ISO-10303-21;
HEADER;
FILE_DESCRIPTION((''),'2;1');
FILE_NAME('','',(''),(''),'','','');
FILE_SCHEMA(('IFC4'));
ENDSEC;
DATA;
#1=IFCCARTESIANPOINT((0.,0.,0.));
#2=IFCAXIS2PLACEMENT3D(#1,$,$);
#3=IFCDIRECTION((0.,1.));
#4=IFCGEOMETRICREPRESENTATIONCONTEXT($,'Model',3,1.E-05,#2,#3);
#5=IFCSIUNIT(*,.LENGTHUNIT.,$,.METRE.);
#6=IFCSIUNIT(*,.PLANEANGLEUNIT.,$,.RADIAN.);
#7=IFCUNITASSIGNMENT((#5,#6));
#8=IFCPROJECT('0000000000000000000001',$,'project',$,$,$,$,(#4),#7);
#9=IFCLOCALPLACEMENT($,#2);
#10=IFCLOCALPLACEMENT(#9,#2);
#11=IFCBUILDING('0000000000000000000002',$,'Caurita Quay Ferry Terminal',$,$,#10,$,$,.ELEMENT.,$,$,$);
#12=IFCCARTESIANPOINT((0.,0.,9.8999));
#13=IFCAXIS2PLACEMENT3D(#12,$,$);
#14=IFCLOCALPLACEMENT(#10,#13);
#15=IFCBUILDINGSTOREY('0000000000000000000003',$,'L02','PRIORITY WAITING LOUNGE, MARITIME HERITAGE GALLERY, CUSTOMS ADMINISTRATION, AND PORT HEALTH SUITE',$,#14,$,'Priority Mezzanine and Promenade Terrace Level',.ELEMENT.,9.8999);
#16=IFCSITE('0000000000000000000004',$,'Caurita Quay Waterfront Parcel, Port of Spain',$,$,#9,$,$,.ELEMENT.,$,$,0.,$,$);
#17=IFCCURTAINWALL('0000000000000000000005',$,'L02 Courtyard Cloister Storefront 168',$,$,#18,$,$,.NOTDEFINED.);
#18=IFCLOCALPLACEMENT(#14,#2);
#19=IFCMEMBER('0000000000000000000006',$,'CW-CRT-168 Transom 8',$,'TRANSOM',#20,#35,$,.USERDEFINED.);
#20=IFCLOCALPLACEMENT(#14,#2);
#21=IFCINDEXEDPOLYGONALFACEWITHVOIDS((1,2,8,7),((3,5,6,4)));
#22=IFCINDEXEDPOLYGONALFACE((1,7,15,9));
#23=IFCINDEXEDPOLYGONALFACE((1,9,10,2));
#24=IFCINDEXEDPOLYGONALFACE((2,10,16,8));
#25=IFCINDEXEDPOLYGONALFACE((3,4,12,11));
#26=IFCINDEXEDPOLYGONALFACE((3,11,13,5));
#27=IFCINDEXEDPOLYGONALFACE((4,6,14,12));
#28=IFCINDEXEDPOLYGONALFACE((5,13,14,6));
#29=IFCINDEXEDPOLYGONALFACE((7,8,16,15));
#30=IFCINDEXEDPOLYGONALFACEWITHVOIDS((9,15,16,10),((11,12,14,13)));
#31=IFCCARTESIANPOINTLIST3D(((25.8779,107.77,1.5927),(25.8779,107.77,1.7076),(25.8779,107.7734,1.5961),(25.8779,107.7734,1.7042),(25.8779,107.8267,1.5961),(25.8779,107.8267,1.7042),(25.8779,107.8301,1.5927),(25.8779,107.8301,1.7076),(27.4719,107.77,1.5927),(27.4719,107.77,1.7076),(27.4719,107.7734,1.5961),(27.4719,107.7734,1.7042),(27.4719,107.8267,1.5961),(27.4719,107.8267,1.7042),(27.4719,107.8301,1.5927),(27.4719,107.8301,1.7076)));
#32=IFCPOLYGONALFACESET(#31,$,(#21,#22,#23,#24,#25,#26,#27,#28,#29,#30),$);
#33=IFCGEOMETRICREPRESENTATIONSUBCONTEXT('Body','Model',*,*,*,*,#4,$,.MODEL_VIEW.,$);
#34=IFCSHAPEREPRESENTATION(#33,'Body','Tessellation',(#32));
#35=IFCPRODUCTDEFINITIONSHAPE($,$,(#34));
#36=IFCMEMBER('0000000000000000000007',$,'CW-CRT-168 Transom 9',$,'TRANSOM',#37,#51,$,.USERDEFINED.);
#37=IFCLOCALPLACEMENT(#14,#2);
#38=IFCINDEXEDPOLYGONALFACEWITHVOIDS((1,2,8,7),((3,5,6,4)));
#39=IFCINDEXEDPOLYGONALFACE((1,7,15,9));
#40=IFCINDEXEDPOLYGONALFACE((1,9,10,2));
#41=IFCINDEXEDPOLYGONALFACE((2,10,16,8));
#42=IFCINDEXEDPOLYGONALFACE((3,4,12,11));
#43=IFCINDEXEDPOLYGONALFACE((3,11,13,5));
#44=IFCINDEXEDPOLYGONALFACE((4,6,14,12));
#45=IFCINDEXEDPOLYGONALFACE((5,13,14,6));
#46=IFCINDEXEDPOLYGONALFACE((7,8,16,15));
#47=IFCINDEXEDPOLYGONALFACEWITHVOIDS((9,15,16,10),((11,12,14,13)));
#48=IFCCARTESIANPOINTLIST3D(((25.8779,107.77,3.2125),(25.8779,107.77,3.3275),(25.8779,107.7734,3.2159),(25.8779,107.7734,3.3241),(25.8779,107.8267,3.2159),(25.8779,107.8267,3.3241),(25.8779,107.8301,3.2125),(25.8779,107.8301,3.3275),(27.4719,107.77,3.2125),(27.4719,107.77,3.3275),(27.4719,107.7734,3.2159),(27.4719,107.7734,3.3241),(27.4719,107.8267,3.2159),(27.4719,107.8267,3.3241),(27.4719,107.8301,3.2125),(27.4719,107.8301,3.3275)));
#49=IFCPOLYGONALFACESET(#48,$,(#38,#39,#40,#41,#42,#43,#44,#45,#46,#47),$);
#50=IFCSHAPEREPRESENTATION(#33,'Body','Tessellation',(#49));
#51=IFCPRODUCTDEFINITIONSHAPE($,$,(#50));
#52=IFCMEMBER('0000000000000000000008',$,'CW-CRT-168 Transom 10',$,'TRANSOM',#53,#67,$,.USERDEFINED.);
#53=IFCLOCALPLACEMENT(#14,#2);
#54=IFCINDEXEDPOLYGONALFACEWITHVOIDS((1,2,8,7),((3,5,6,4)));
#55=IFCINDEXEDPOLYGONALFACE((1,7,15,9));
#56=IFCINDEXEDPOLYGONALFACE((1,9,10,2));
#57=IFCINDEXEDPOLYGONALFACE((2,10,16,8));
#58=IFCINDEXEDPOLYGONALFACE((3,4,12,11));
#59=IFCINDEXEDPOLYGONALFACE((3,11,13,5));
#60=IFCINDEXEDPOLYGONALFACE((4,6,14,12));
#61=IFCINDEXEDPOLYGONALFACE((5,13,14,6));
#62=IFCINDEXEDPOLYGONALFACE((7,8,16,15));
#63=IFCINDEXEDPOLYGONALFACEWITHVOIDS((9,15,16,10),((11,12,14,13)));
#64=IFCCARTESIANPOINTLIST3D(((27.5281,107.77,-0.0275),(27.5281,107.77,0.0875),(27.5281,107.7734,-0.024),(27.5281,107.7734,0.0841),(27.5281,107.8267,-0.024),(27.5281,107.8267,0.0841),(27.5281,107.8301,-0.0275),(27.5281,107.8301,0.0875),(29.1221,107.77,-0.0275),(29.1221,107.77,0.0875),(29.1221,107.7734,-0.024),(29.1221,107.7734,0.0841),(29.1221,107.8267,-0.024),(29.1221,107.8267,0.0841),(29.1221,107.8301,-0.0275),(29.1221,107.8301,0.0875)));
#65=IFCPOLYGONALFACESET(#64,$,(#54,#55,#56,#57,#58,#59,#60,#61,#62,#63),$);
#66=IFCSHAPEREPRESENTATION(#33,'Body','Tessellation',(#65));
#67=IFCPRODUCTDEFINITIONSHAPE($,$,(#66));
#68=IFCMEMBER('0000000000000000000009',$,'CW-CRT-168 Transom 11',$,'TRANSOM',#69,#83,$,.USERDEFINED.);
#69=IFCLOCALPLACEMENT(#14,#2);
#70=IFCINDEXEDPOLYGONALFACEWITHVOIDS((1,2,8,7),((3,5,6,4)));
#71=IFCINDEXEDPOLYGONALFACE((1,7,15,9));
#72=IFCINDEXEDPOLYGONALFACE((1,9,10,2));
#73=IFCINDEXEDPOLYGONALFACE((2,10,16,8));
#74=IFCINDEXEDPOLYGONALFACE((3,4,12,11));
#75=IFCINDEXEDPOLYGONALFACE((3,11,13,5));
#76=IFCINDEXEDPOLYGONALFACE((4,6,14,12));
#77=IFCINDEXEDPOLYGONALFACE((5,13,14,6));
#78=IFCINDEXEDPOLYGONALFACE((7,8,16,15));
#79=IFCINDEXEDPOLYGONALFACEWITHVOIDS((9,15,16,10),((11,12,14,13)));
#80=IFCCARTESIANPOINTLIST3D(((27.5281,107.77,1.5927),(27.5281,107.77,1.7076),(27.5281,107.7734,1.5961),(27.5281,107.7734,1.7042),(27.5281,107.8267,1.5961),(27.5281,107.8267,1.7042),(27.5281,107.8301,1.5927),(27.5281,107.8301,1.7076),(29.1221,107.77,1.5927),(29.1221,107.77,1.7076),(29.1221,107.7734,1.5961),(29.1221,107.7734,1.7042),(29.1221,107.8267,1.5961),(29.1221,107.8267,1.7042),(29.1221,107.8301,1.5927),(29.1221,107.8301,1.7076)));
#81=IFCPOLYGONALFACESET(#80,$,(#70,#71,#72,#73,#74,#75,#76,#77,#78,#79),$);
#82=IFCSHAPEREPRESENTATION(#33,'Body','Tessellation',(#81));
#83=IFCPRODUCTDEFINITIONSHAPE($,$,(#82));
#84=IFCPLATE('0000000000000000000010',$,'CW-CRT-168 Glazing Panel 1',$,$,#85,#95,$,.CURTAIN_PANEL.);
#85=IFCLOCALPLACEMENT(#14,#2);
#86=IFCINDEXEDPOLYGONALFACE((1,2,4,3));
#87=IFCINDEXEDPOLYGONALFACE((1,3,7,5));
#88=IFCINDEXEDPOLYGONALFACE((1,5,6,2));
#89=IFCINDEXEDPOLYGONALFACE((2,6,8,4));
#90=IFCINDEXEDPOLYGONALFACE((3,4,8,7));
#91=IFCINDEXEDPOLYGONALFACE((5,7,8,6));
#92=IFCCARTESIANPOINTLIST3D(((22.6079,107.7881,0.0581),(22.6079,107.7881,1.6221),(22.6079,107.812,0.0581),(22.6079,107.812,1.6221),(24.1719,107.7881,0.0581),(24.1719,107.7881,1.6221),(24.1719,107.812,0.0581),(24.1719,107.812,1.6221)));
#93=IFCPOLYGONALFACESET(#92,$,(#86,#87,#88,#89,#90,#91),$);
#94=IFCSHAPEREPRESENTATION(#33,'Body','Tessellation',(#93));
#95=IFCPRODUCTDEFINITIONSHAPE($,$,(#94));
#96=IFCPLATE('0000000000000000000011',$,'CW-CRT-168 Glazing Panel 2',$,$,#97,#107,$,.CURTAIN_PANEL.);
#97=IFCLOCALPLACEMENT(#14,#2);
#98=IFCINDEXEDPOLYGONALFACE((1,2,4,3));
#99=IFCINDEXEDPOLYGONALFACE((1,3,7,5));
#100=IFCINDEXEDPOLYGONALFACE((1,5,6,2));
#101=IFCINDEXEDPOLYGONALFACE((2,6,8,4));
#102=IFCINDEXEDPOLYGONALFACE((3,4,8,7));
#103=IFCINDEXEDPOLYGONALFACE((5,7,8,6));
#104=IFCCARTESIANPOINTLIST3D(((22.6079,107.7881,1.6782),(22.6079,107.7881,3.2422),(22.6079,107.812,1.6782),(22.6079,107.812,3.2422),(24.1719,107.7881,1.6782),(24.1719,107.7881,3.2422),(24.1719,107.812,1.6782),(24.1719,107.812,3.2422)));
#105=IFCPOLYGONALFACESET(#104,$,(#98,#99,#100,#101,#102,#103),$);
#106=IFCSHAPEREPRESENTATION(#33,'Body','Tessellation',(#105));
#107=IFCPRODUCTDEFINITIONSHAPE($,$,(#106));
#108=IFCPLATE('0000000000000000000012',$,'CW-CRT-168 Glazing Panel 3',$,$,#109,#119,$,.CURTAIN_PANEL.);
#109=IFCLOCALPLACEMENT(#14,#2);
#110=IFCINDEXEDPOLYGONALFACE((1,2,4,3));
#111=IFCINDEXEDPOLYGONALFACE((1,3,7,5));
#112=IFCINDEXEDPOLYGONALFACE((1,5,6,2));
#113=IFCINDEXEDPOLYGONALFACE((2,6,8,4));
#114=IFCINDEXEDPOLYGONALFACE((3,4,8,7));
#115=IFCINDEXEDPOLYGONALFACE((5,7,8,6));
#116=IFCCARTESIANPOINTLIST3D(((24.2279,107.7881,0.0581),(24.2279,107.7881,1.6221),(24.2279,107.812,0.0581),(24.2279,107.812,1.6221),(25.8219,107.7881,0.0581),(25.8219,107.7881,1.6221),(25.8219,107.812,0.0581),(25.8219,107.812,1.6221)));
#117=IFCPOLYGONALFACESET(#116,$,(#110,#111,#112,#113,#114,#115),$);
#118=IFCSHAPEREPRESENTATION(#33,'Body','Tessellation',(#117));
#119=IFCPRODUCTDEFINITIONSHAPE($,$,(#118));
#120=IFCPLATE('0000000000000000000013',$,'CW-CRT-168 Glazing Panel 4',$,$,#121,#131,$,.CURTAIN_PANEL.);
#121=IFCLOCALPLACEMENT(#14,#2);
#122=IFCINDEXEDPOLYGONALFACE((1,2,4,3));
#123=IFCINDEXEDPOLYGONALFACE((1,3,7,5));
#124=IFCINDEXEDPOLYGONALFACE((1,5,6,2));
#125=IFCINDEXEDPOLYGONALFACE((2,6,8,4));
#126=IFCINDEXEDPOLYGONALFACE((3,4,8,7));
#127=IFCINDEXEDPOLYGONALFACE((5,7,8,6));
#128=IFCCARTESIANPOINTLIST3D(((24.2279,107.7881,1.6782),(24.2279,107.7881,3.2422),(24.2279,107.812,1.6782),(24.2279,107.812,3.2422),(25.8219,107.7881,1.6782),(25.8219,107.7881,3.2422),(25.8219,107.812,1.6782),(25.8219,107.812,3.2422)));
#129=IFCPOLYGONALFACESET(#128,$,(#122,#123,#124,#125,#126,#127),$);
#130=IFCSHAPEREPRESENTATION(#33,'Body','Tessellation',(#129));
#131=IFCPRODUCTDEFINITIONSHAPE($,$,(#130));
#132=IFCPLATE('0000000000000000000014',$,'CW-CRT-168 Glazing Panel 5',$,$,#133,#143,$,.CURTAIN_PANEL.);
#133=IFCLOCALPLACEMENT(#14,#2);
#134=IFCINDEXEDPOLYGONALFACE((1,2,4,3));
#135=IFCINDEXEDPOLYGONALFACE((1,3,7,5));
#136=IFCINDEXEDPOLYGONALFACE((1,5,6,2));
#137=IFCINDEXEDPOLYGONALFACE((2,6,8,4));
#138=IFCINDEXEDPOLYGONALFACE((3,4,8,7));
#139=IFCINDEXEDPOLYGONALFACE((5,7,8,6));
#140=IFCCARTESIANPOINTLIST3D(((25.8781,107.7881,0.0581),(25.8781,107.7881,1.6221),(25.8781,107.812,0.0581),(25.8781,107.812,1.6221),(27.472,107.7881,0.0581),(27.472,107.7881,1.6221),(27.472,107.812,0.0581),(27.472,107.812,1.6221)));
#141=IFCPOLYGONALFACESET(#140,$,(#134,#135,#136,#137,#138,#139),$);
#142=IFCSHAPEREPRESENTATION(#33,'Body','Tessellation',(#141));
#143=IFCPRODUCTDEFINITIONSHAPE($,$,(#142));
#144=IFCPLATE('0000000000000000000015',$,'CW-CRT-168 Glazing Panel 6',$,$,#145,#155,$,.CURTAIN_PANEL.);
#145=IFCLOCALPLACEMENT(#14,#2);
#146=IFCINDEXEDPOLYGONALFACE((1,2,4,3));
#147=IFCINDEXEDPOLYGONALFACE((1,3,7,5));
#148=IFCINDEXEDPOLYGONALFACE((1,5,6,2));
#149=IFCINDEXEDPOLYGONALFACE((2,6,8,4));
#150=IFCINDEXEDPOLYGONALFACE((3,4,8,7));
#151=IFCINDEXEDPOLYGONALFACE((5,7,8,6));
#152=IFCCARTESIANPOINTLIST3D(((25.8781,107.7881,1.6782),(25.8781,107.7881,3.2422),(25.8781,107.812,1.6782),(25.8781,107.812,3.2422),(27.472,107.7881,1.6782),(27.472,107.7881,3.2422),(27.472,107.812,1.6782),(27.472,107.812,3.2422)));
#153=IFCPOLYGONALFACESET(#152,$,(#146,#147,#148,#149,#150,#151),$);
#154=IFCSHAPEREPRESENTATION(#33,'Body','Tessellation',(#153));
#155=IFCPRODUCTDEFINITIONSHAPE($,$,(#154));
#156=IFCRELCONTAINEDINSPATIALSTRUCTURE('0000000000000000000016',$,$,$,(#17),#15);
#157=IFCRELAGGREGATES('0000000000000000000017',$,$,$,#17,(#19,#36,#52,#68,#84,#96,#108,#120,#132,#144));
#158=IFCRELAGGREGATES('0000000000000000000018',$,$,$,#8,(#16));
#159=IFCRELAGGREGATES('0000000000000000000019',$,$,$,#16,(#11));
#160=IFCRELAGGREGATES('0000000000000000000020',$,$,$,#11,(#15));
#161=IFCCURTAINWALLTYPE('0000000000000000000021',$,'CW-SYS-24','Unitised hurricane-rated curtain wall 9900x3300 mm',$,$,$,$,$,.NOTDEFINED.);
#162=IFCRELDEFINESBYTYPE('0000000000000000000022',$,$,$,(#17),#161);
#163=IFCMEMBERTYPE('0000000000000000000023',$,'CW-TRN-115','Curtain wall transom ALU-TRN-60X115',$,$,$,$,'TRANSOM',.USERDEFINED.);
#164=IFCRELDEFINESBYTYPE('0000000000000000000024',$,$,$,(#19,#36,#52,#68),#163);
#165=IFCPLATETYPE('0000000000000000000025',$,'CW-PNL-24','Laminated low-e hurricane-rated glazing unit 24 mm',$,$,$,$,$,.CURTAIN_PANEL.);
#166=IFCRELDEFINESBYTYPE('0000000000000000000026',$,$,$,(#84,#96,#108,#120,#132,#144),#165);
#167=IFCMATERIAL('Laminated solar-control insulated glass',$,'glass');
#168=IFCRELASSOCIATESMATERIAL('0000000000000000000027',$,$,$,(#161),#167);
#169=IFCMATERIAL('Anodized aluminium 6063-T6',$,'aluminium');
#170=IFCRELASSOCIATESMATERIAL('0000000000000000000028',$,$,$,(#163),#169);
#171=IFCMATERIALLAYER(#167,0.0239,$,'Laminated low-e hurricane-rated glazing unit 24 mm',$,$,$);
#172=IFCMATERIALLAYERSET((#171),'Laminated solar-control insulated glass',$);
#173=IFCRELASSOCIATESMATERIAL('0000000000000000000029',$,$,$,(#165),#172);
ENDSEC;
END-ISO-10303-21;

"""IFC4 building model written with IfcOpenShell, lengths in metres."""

from ifc_helpers import new_model, si_unit, direction, frame, origin, origin_2d, place, context, subcontext, project, spatial, rectangle, hollow_rectangle, extrude, material, layer, layer_set, material_profile, profile_set, type_object, element, aggregate, save


model = new_model("IFC4")

# Units and contexts
model_context = context("Model", 3, precision=1e-05, world=origin(), true_north=direction((0.0, 1.0)))
body_context = subcontext(model_context, "Body", "Model", "MODEL_VIEW")
ifc_project = project(units=[si_unit("LENGTHUNIT", "METRE"), si_unit("PLANEANGLEUNIT", "RADIAN")], contexts=[model_context])

# Site, building, storey
site_placement = place(None, origin())
site = spatial("IfcSite", under=ifc_project, at=site_placement, Name="Caurita Quay Waterfront Parcel, Port of Spain", CompositionType="ELEMENT", RefElevation=0.0)
building_placement = place(site_placement, origin())
building = spatial("IfcBuilding", under=site, at=building_placement, Name="Caurita Quay Ferry Terminal", CompositionType="ELEMENT")
storey_placement = place(building_placement, frame((0.0, 0.0, 9.8999)))
storey = spatial("IfcBuildingStorey", under=building, at=storey_placement, Name="L02", Description="PRIORITY WAITING LOUNGE, MARITIME HERITAGE GALLERY, CUSTOMS ADMINISTRATION, AND PORT HEALTH SUITE", LongName="Priority Mezzanine and Promenade Terrace Level", CompositionType="ELEMENT", Elevation=9.8999)

# Curtain wall, members, plates
ifc_material_1 = material(Name="Laminated solar-control insulated glass", Category="glass")
curtain_wall_type = type_object("IfcCurtainWallType", Name="CW-SYS-24", Description="Unitised hurricane-rated curtain wall 9900x3300 mm", PredefinedType="NOTDEFINED", material=ifc_material_1)
curtain_wall_placement = place(storey_placement, origin())
curtain_wall = element("IfcCurtainWall", 1, at=curtain_wall_placement, inside=storey, type_object=curtain_wall_type, Name="L02 Courtyard Cloister Storefront 168", PredefinedType="NOTDEFINED")
ifc_material_2 = material(Name="Anodized aluminium 6063-T6", Category="aluminium")
ifc_material_profile_1 = material_profile(ifc_material_2, hollow_rectangle(XDim=0.0601, YDim=0.115, WallThickness=0.0034, at=origin_2d()), Name="ALU-TRN-60X115")
ifc_profile_set_1 = profile_set([ifc_material_profile_1], Name="Anodized aluminium 6063-T6")
member_type_1 = type_object("IfcMemberType", Name="CW-TRN-115", Description="Curtain wall transom ALU-TRN-60X115", ElementType="TRANSOM", PredefinedType="USERDEFINED", material=ifc_profile_set_1)
member_1_placement = place(storey_placement, frame((25.8779, 107.8, 1.6501), z_axis=(1.0, 0.0, 0.0), x_axis=(0.0, 1.0, 0.0)))
member_1 = element("IfcMember", 2, at=member_1_placement, type_object=member_type_1, Name="CW-CRT-168 Transom 8", ObjectType="TRANSOM", PredefinedType="USERDEFINED", context=body_context, shape_type="SweptSolid", body=[
    extrude(hollow_rectangle(XDim=0.0601, YDim=0.115, WallThickness=0.0034, at=origin_2d()), origin(), (0.0, 0.0, 1.0), 1.594),
])
member_2_placement = place(storey_placement, frame((25.8779, 107.8, 3.27), z_axis=(1.0, 0.0, 0.0), x_axis=(0.0, 1.0, 0.0)))
member_2 = element("IfcMember", 3, at=member_2_placement, type_object=member_type_1, Name="CW-CRT-168 Transom 9", ObjectType="TRANSOM", PredefinedType="USERDEFINED", context=body_context, shape_type="SweptSolid", body=[
    extrude(hollow_rectangle(XDim=0.0601, YDim=0.115, WallThickness=0.0034, at=origin_2d()), origin(), (0.0, 0.0, 1.0), 1.594),
])
member_3_placement = place(storey_placement, frame((27.5281, 107.8, 0.03), z_axis=(1.0, 0.0, 0.0), x_axis=(0.0, 1.0, 0.0)))
member_3 = element("IfcMember", 4, at=member_3_placement, type_object=member_type_1, Name="CW-CRT-168 Transom 10", ObjectType="TRANSOM", PredefinedType="USERDEFINED", context=body_context, shape_type="SweptSolid", body=[
    extrude(hollow_rectangle(XDim=0.0601, YDim=0.115, WallThickness=0.0034, at=origin_2d()), origin(), (0.0, 0.0, 1.0), 1.594),
])
member_4_placement = place(storey_placement, frame((27.5281, 107.8, 1.6501), z_axis=(1.0, 0.0, 0.0), x_axis=(0.0, 1.0, 0.0)))
member_4 = element("IfcMember", 5, at=member_4_placement, type_object=member_type_1, Name="CW-CRT-168 Transom 11", ObjectType="TRANSOM", PredefinedType="USERDEFINED", context=body_context, shape_type="SweptSolid", body=[
    extrude(hollow_rectangle(XDim=0.0601, YDim=0.115, WallThickness=0.0034, at=origin_2d()), origin(), (0.0, 0.0, 1.0), 1.594),
])
ifc_layer = layer(ifc_material_1, 0.0239, Name="Laminated low-e hurricane-rated glazing unit 24 mm")
ifc_layer_set = layer_set([ifc_layer], Name="Laminated solar-control insulated glass")
plate_type = type_object("IfcPlateType", Name="CW-PNL-24", Description="Laminated low-e hurricane-rated glazing unit 24 mm", PredefinedType="CURTAIN_PANEL", material=ifc_layer_set)
plate_1_placement = place(storey_placement, frame((23.3899, 107.8, 0.0581), z_axis=(0.0, 0.0, 1.0), x_axis=(1.0, 0.0, 0.0)))
plate_1 = element("IfcPlate", 6, at=plate_1_placement, type_object=plate_type, Name="CW-CRT-168 Glazing Panel 1", PredefinedType="CURTAIN_PANEL", context=body_context, shape_type="SweptSolid", body=[
    extrude(rectangle(XDim=1.564, YDim=0.0239, at=origin_2d()), origin(), (0.0, 0.0, 1.0), 1.564),
])
plate_2_placement = place(storey_placement, frame((23.3899, 107.8, 1.6782), z_axis=(0.0, 0.0, 1.0), x_axis=(1.0, 0.0, 0.0)))
plate_2 = element("IfcPlate", 7, at=plate_2_placement, type_object=plate_type, Name="CW-CRT-168 Glazing Panel 2", PredefinedType="CURTAIN_PANEL", context=body_context, shape_type="SweptSolid", body=[
    extrude(rectangle(XDim=1.564, YDim=0.0239, at=origin_2d()), origin(), (0.0, 0.0, 1.0), 1.564),
])
plate_3_placement = place(storey_placement, frame((25.0249, 107.8, 0.0581), z_axis=(0.0, 0.0, 1.0), x_axis=(1.0, 0.0, 0.0)))
plate_3 = element("IfcPlate", 8, at=plate_3_placement, type_object=plate_type, Name="CW-CRT-168 Glazing Panel 3", PredefinedType="CURTAIN_PANEL", context=body_context, shape_type="SweptSolid", body=[
    extrude(rectangle(XDim=1.594, YDim=0.0239, at=origin_2d()), origin(), (0.0, 0.0, 1.0), 1.564),
])
plate_4_placement = place(storey_placement, frame((25.0249, 107.8, 1.6782), z_axis=(0.0, 0.0, 1.0), x_axis=(1.0, 0.0, 0.0)))
plate_4 = element("IfcPlate", 9, at=plate_4_placement, type_object=plate_type, Name="CW-CRT-168 Glazing Panel 4", PredefinedType="CURTAIN_PANEL", context=body_context, shape_type="SweptSolid", body=[
    extrude(rectangle(XDim=1.594, YDim=0.0239, at=origin_2d()), origin(), (0.0, 0.0, 1.0), 1.564),
])
plate_5_placement = place(storey_placement, frame((26.675, 107.8, 0.0581), z_axis=(0.0, 0.0, 1.0), x_axis=(1.0, 0.0, 0.0)))
plate_5 = element("IfcPlate", 10, at=plate_5_placement, type_object=plate_type, Name="CW-CRT-168 Glazing Panel 5", PredefinedType="CURTAIN_PANEL", context=body_context, shape_type="SweptSolid", body=[
    extrude(rectangle(XDim=1.594, YDim=0.0239, at=origin_2d()), origin(), (0.0, 0.0, 1.0), 1.564),
])
plate_6_placement = place(storey_placement, frame((26.675, 107.8, 1.6782), z_axis=(0.0, 0.0, 1.0), x_axis=(1.0, 0.0, 0.0)))
plate_6 = element("IfcPlate", 11, at=plate_6_placement, type_object=plate_type, Name="CW-CRT-168 Glazing Panel 6", PredefinedType="CURTAIN_PANEL", context=body_context, shape_type="SweptSolid", body=[
    extrude(rectangle(XDim=1.594, YDim=0.0239, at=origin_2d()), origin(), (0.0, 0.0, 1.0), 1.564),
])
aggregate(curtain_wall, [member_1, member_2, member_3, member_4, plate_1, plate_2, plate_3, plate_4, plate_5, plate_6])

save(model, "model.ifc")
